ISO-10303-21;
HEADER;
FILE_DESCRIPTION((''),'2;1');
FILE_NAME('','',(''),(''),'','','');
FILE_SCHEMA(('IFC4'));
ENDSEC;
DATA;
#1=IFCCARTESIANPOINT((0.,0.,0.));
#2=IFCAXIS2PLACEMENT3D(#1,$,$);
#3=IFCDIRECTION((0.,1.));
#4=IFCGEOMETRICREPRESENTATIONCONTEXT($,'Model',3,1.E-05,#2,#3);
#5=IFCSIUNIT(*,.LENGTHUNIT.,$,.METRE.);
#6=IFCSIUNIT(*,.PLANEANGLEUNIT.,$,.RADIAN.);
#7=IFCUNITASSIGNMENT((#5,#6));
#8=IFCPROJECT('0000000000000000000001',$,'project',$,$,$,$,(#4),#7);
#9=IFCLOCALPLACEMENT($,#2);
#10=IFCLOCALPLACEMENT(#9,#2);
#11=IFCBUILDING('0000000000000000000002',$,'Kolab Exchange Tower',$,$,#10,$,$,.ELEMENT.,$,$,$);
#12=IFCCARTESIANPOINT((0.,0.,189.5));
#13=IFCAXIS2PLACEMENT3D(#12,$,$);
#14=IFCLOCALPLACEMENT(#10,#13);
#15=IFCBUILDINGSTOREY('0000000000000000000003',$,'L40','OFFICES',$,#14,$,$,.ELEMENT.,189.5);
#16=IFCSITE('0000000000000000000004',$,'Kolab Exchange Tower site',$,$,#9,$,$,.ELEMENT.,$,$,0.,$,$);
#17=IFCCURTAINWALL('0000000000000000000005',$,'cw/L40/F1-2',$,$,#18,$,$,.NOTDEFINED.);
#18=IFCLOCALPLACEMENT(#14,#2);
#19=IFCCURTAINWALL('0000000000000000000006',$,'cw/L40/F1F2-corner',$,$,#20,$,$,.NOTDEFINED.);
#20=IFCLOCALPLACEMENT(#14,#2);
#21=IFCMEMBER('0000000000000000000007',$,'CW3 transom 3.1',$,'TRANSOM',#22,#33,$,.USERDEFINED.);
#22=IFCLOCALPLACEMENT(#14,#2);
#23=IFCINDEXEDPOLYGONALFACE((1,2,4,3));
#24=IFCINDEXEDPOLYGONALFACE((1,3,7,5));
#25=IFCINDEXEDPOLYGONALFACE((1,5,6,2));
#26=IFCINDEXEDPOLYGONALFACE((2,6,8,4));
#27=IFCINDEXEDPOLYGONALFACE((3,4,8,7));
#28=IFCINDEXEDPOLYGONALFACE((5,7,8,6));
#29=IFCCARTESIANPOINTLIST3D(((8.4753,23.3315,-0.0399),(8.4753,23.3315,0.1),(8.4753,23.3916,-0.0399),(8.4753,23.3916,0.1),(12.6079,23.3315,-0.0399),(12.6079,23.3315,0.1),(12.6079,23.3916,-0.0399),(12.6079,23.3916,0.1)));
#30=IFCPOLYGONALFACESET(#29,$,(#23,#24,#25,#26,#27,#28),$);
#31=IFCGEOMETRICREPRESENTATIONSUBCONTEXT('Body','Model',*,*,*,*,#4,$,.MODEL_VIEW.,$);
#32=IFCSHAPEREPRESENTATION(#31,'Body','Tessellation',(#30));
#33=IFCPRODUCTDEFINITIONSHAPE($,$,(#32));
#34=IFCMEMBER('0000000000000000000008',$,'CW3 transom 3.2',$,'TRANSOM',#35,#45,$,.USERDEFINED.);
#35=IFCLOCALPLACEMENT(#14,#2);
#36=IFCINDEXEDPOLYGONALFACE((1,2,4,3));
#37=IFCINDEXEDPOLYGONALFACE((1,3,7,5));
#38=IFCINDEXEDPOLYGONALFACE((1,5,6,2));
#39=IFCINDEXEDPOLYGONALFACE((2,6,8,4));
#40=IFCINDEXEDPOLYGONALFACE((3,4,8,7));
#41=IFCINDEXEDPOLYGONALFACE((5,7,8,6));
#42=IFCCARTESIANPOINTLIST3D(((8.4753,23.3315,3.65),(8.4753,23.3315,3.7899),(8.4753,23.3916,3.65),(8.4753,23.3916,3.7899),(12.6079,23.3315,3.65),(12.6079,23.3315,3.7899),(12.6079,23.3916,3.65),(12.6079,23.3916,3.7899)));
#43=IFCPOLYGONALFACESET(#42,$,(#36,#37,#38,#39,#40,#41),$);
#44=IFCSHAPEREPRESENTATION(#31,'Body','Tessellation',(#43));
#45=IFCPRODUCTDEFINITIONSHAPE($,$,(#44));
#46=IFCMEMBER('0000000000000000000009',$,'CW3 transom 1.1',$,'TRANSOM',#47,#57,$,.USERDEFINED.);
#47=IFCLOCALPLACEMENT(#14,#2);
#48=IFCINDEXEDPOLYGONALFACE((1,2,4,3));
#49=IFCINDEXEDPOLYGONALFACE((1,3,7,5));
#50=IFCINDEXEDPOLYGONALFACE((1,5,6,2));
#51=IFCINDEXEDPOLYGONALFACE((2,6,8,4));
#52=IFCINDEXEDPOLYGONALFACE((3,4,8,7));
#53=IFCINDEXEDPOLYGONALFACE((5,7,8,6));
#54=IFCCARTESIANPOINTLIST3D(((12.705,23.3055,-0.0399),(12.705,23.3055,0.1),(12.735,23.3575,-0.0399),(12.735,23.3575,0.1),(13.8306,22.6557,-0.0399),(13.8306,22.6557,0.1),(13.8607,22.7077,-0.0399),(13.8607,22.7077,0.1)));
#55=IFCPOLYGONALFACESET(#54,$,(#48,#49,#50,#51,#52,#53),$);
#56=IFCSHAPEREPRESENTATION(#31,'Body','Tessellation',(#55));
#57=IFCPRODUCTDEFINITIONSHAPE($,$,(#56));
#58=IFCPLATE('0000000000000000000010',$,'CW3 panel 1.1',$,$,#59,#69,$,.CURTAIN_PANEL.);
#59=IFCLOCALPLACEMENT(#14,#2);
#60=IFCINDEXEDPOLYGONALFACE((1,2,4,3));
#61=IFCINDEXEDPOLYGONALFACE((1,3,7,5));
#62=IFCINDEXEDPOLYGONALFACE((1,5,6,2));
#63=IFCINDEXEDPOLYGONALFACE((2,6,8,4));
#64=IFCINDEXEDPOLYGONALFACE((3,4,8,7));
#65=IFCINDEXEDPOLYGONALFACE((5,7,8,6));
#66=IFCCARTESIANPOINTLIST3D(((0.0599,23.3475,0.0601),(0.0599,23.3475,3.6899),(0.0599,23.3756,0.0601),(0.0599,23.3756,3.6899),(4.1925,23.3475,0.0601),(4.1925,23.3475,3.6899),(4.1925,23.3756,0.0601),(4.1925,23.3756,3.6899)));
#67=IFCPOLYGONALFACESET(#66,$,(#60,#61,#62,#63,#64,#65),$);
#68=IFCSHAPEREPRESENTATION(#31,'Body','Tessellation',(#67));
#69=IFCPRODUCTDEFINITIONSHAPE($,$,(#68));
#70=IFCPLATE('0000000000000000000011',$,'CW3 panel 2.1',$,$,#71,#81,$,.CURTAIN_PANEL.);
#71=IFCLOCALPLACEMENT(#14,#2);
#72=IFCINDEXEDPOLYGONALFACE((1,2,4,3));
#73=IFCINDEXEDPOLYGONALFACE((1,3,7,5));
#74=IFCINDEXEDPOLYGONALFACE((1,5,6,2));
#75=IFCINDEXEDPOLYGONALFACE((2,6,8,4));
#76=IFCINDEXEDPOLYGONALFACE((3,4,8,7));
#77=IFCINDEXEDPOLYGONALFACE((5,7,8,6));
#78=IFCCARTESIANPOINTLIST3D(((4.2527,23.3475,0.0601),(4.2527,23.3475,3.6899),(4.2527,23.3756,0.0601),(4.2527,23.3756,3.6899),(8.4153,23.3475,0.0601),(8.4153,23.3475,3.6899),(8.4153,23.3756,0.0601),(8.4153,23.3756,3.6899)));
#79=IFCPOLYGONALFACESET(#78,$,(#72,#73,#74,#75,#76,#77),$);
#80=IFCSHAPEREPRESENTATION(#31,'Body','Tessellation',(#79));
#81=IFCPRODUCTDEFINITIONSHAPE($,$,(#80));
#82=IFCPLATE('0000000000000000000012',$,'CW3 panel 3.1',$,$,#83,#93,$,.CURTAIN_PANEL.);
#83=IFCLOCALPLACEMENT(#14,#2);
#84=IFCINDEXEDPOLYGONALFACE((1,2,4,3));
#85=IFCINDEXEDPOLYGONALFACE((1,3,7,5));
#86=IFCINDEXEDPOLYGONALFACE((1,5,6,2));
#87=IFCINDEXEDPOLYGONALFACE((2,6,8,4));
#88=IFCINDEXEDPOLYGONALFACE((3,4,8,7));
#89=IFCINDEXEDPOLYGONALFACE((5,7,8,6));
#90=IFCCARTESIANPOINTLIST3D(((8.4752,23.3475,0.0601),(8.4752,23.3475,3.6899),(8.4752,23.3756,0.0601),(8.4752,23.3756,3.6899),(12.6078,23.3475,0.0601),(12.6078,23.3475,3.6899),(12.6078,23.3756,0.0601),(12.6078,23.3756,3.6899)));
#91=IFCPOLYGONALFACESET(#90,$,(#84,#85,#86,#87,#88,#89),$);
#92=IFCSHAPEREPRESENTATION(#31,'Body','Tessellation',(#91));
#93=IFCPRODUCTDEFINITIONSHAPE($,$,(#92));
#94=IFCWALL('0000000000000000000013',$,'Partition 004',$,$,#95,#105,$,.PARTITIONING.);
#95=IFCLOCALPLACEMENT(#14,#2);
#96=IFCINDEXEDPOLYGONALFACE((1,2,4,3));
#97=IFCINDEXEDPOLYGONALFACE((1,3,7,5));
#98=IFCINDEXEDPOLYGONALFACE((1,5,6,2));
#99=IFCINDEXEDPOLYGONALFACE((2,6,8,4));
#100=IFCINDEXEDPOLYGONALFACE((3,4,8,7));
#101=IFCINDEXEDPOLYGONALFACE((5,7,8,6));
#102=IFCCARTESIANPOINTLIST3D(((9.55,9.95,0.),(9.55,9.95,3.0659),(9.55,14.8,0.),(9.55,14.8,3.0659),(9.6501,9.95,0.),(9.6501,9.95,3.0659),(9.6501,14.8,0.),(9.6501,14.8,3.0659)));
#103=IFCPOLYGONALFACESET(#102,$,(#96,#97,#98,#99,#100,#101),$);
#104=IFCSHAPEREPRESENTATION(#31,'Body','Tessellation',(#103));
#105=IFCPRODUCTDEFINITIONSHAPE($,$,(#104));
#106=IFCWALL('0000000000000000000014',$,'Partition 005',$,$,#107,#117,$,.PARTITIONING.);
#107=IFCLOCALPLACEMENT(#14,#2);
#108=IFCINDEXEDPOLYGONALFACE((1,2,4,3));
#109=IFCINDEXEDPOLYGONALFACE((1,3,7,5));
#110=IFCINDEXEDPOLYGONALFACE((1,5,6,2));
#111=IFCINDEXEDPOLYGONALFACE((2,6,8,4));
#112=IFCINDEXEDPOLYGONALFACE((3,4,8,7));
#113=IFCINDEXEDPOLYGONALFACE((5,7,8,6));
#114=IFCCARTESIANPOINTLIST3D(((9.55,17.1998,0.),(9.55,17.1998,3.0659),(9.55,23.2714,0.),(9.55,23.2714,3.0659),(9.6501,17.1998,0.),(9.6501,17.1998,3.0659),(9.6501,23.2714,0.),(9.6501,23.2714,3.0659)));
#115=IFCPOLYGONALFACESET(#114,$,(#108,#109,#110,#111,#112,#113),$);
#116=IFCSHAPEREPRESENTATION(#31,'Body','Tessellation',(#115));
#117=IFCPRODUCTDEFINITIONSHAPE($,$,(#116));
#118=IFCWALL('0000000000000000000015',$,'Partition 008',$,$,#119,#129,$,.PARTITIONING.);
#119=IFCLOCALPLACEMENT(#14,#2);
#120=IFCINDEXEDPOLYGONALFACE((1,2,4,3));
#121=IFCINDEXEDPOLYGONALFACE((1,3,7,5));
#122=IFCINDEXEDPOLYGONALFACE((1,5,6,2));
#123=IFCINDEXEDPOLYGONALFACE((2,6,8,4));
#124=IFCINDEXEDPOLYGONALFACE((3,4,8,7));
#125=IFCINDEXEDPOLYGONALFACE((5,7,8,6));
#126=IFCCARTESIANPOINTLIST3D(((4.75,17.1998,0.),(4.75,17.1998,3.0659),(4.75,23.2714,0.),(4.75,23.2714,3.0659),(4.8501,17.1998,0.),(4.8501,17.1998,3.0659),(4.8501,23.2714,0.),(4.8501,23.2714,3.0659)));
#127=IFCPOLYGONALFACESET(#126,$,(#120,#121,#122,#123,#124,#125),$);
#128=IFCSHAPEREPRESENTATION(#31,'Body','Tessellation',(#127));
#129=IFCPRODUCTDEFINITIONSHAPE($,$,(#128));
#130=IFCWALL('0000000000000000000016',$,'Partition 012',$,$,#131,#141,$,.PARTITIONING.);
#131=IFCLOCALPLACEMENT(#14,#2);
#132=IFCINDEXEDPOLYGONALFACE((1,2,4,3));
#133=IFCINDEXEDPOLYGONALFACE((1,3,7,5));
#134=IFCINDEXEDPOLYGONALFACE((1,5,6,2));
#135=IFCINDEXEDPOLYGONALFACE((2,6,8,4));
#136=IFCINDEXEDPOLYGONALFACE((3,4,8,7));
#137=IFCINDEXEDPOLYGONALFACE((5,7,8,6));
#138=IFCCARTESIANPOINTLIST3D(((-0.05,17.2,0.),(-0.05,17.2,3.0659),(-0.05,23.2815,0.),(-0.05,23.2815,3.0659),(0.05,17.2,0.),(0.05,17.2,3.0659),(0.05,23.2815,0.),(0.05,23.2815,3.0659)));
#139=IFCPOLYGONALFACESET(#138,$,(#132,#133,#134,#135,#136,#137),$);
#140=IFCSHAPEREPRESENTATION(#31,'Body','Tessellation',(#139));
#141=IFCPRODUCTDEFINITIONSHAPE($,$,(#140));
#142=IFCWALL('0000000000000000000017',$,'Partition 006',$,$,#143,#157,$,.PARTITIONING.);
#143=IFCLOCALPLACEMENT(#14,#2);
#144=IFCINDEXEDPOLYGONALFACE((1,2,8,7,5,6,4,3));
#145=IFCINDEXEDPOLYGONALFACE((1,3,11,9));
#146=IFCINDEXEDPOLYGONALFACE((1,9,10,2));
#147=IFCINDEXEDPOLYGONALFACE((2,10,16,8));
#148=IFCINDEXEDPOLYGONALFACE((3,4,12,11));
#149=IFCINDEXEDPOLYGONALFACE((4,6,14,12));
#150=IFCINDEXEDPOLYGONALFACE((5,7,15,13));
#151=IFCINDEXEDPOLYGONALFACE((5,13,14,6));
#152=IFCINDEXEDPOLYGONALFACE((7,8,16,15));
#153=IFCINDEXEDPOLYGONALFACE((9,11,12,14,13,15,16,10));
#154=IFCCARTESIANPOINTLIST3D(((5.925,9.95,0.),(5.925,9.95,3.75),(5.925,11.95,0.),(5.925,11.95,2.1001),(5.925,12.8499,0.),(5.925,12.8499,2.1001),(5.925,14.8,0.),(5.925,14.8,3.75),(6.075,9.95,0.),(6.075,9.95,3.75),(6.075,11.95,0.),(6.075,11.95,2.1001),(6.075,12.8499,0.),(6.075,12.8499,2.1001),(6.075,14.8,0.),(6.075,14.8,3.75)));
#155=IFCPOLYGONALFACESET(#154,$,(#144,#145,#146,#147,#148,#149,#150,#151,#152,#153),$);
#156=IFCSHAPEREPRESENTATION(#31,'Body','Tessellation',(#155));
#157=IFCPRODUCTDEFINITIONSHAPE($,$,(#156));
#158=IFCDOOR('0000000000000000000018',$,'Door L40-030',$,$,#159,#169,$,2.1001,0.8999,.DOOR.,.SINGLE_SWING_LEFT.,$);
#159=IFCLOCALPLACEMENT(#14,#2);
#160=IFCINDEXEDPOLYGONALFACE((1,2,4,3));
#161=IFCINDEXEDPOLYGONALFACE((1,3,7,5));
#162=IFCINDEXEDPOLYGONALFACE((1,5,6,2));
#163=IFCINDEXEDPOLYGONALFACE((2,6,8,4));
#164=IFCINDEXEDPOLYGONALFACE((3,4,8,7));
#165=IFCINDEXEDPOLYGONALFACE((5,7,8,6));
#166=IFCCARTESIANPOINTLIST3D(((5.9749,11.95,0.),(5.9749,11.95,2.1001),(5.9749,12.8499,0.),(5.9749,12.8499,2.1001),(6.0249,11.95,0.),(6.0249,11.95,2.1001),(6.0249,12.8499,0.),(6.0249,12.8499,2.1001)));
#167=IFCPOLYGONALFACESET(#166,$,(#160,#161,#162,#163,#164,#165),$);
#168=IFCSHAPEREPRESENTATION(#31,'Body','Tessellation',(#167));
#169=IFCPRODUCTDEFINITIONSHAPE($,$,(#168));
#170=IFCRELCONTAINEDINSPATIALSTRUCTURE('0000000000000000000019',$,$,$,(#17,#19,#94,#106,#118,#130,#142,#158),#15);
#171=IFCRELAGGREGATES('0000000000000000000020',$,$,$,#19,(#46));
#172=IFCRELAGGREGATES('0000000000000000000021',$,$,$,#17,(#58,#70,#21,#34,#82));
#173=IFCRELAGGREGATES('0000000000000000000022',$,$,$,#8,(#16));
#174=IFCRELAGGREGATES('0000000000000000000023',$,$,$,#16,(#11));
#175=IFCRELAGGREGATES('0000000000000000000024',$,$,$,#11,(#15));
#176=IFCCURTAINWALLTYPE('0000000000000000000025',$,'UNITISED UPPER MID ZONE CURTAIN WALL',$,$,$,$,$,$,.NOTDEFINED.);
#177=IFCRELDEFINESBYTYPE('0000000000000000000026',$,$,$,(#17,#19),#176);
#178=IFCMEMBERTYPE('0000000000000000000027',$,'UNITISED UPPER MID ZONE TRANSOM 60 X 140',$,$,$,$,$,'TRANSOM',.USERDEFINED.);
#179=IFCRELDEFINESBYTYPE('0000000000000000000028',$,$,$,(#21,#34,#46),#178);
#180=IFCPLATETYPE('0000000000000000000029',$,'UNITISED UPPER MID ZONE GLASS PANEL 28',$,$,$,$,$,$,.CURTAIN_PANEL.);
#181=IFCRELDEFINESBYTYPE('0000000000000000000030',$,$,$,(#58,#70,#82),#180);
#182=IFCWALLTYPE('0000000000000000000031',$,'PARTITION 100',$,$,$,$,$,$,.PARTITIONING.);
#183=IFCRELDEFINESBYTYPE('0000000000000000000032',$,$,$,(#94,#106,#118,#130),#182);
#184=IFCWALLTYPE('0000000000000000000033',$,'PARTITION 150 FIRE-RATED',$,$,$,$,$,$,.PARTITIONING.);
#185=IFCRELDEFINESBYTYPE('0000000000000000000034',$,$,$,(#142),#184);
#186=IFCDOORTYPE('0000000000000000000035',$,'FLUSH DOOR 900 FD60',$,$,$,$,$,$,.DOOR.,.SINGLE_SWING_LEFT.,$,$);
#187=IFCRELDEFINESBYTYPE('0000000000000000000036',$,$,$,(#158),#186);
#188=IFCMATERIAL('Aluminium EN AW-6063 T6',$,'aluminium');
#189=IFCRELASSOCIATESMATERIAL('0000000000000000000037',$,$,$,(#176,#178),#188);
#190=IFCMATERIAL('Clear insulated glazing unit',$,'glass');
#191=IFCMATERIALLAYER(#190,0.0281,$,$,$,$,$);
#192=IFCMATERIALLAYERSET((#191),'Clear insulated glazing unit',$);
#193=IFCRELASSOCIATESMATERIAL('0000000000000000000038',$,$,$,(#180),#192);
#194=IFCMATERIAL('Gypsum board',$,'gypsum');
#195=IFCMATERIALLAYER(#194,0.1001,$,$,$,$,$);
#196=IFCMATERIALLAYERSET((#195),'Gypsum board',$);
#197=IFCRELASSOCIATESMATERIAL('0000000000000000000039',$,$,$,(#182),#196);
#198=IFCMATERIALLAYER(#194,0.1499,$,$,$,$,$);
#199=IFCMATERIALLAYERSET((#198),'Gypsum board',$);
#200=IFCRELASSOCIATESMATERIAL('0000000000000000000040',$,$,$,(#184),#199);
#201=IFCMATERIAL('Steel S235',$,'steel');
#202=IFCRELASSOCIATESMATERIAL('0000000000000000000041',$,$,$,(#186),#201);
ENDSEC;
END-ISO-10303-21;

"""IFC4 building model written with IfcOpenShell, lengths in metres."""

from ifc_helpers import new_model, si_unit, direction, frame, frame_2d, origin, origin_2d, place, context, subcontext, project, spatial, rectangle, extrude, material, layer, layer_set, material_profile, profile_set, type_object, element, fill, aggregate, save


model = new_model("IFC4")

# Units and contexts
model_context = context("Model", 3, precision=1e-05, world=origin(), true_north=direction((0.0, 1.0)))
body_context = subcontext(model_context, "Body", "Model", "MODEL_VIEW")
ifc_project = project(units=[si_unit("LENGTHUNIT", "METRE"), si_unit("PLANEANGLEUNIT", "RADIAN")], contexts=[model_context])

# Site, building, storey
site_placement = place(None, origin())
site = spatial("IfcSite", under=ifc_project, at=site_placement, Name="Kolab Exchange Tower site", CompositionType="ELEMENT", RefElevation=0.0)
building_placement = place(site_placement, origin())
building = spatial("IfcBuilding", under=site, at=building_placement, Name="Kolab Exchange Tower", CompositionType="ELEMENT")
storey_placement = place(building_placement, frame((0.0, 0.0, 189.5)))
storey = spatial("IfcBuildingStorey", under=building, at=storey_placement, Name="L40", Description="OFFICES", CompositionType="ELEMENT", Elevation=189.5)

# Curtain wall
ifc_material_1 = material(Name="Aluminium EN AW-6063 T6", Category="aluminium")
curtain_wall_type = type_object("IfcCurtainWallType", Name="UNITISED UPPER MID ZONE CURTAIN WALL", PredefinedType="NOTDEFINED", material=ifc_material_1)
curtain_wall_1_placement = place(storey_placement, origin())
curtain_wall_1 = element("IfcCurtainWall", 1, at=curtain_wall_1_placement, inside=storey, type_object=curtain_wall_type, Name="cw/L40/F1-2", PredefinedType="NOTDEFINED")

# Curtain wall
curtain_wall_2_placement = place(storey_placement, origin())
curtain_wall_2 = element("IfcCurtainWall", 2, at=curtain_wall_2_placement, inside=storey, type_object=curtain_wall_type, Name="cw/L40/F1F2-corner", PredefinedType="NOTDEFINED")

# Members
ifc_material_profile_1 = material_profile(ifc_material_1, rectangle(XDim=0.0601, YDim=0.1399, at=origin_2d()), Name="RECT 60X140")
ifc_profile_set_1 = profile_set([ifc_material_profile_1], Name="Aluminium EN AW-6063 T6")
member_type_1 = type_object("IfcMemberType", Name="UNITISED UPPER MID ZONE TRANSOM 60 X 140", ElementType="TRANSOM", PredefinedType="USERDEFINED", material=ifc_profile_set_1)
member_1_placement = place(storey_placement, frame((8.4753, 23.3616, 0.03), z_axis=(1.0, 0.0, 0.0), x_axis=(0.0, 1.0, 0.0)))
member_1 = element("IfcMember", 3, at=member_1_placement, type_object=member_type_1, Name="CW3 transom 3.1", ObjectType="TRANSOM", PredefinedType="USERDEFINED", context=body_context, shape_type="SweptSolid", body=[
    extrude(rectangle(XDim=0.0601, YDim=0.1399, at=origin_2d()), origin(), (0.0, 0.0, 1.0), 4.1326),
])
member_2_placement = place(storey_placement, frame((8.4753, 23.3616, 3.72), z_axis=(1.0, 0.0, 0.0), x_axis=(0.0, 1.0, 0.0)))
member_2 = element("IfcMember", 4, at=member_2_placement, type_object=member_type_1, Name="CW3 transom 3.2", ObjectType="TRANSOM", PredefinedType="USERDEFINED", context=body_context, shape_type="SweptSolid", body=[
    extrude(rectangle(XDim=0.0601, YDim=0.1399, at=origin_2d()), origin(), (0.0, 0.0, 1.0), 4.1326),
])
member_3_placement = place(storey_placement, frame((12.72, 23.3315, 0.03), z_axis=(0.866039, -0.499977, 0.0), x_axis=(0.499977, 0.866039, 0.0)))
member_3 = element("IfcMember", 5, at=member_3_placement, type_object=member_type_1, Name="CW3 transom 1.1", ObjectType="TRANSOM", PredefinedType="USERDEFINED", context=body_context, shape_type="SweptSolid", body=[
    extrude(rectangle(XDim=0.0601, YDim=0.1399, at=origin_2d()), origin(), (0.0, 0.0, 1.0), 1.2998),
])
aggregate(curtain_wall_2, [member_3])

# Plates
ifc_material_2 = material(Name="Clear insulated glazing unit", Category="glass")
ifc_layer_1 = layer(ifc_material_2, 0.0281)
ifc_layer_set_1 = layer_set([ifc_layer_1], Name="Clear insulated glazing unit")
plate_type = type_object("IfcPlateType", Name="UNITISED UPPER MID ZONE GLASS PANEL 28", PredefinedType="CURTAIN_PANEL", material=ifc_layer_set_1)
plate_1_placement = place(storey_placement, frame((2.1262, 23.3616, 0.0601), z_axis=(0.0, 0.0, 1.0), x_axis=(1.0, 0.0, 0.0)))
plate_1 = element("IfcPlate", 6, at=plate_1_placement, type_object=plate_type, Name="CW3 panel 1.1", PredefinedType="CURTAIN_PANEL", context=body_context, shape_type="SweptSolid", body=[
    extrude(rectangle(XDim=4.1326, YDim=0.0281, at=origin_2d()), origin(), (0.0, 0.0, 1.0), 3.6299),
])
plate_2_placement = place(storey_placement, frame((6.334, 23.3616, 0.0601), z_axis=(0.0, 0.0, 1.0), x_axis=(1.0, 0.0, 0.0)))
plate_2 = element("IfcPlate", 7, at=plate_2_placement, type_object=plate_type, Name="CW3 panel 2.1", PredefinedType="CURTAIN_PANEL", context=body_context, shape_type="SweptSolid", body=[
    extrude(rectangle(XDim=4.1626, YDim=0.0281, at=origin_2d()), origin(), (0.0, 0.0, 1.0), 3.6299),
])
plate_3_placement = place(storey_placement, frame((10.5415, 23.3616, 0.0601), z_axis=(0.0, 0.0, 1.0), x_axis=(1.0, 0.0, 0.0)))
plate_3 = element("IfcPlate", 8, at=plate_3_placement, type_object=plate_type, Name="CW3 panel 3.1", PredefinedType="CURTAIN_PANEL", context=body_context, shape_type="SweptSolid", body=[
    extrude(rectangle(XDim=4.1326, YDim=0.0281, at=origin_2d()), origin(), (0.0, 0.0, 1.0), 3.6299),
])
aggregate(curtain_wall_1, [plate_1, plate_2, member_1, member_2, plate_3])

# Walls
ifc_material_3 = material(Name="Gypsum board", Category="gypsum")
ifc_layer_2 = layer(ifc_material_3, 0.1001)
ifc_layer_set_2 = layer_set([ifc_layer_2], Name="Gypsum board")
wall_type_1 = type_object("IfcWallType", Name="PARTITION 100", PredefinedType="PARTITIONING", material=ifc_layer_set_2)
wall_1_placement = place(storey_placement, frame((9.6001, 9.95, 0.0), z_axis=(0.0, 0.0, 1.0), x_axis=(0.0, 1.0, 0.0)))
element("IfcWall", 9, at=wall_1_placement, inside=storey, type_object=wall_type_1, Name="Partition 004", PredefinedType="PARTITIONING", context=body_context, shape_type="SweptSolid", body=[
    extrude(rectangle(XDim=4.8501, YDim=0.1001, at=frame_2d((2.425, 0.0))), origin(), (0.0, 0.0, 1.0), 3.0659),
])
for number, where, z_axis, x_axis, name in (
    (10, (9.6001, 17.2, 0.0), (0.0, 0.0, 1.0), (0.0, 1.0, 0.0), "Partition 005"),
    (11, (4.8, 17.2, 0.0), (0.0, 0.0, 1.0), (0.0, 1.0, 0.0), "Partition 008"),
):
    element("IfcWall", number, at=place(storey_placement, frame(where, z_axis=z_axis, x_axis=x_axis)), inside=storey, type_object=wall_type_1, Name=name, PredefinedType="PARTITIONING", context=body_context, shape_type="SweptSolid", body=[
        extrude(rectangle(XDim=6.0715, YDim=0.1001, at=frame_2d((3.0356, 0.0))), origin(), (0.0, 0.0, 1.0), 3.0659),
    ])
wall_2_placement = place(storey_placement, frame((0.0, 17.2, 0.0), z_axis=(0.0, 0.0, 1.0), x_axis=(0.0, 1.0, 0.0)))
element("IfcWall", 12, at=wall_2_placement, inside=storey, type_object=wall_type_1, Name="Partition 012", PredefinedType="PARTITIONING", context=body_context, shape_type="SweptSolid", body=[
    extrude(rectangle(XDim=6.0815, YDim=0.1001, at=frame_2d((3.0408, 0.0))), origin(), (0.0, 0.0, 1.0), 3.0659),
])

# Wall, opening, door
ifc_layer_3 = layer(ifc_material_3, 0.1499)
ifc_layer_set_3 = layer_set([ifc_layer_3], Name="Gypsum board")
wall_type_2 = type_object("IfcWallType", Name="PARTITION 150 FIRE-RATED", PredefinedType="PARTITIONING", material=ifc_layer_set_3)
wall_3_placement = place(storey_placement, frame((6.0, 9.95, 0.0), z_axis=(0.0, 0.0, 1.0), x_axis=(0.0, 1.0, 0.0)))
wall_3 = element("IfcWall", 13, at=wall_3_placement, inside=storey, type_object=wall_type_2, Name="Partition 006", PredefinedType="PARTITIONING", context=body_context, shape_type="SweptSolid", body=[
    extrude(rectangle(XDim=4.8501, YDim=0.1499, at=frame_2d((2.425, 0.0))), origin(), (0.0, 0.0, 1.0), 3.75),
])
opening_1_placement = place(wall_3_placement, frame((2.0, 0.0, 0.0)))
opening_1 = element("IfcOpeningElement", 14, at=opening_1_placement, cuts=wall_3, PredefinedType="OPENING", context=body_context, shape_type="SweptSolid", body=[
    extrude(rectangle(XDim=0.8999, YDim=2.1001, at=frame_2d((0.45, 1.05))), frame((0.0, 0.085, 0.0), z_axis=(0.0, -1.0, 0.0), x_axis=(1.0, 0.0, 0.0)), (0.0, 0.0, 1.0), 0.1699),
])
ifc_material_4 = material(Name="Steel S235", Category="steel")
door_type_1 = type_object("IfcDoorType", Name="FLUSH DOOR 900 FD60", OperationType="SINGLE_SWING_LEFT", PredefinedType="DOOR", material=ifc_material_4)
door_1_placement = place(opening_1_placement, frame((0.8999, 0.0, 0.0), z_axis=(0.0, 0.0, 1.0), x_axis=(-1.0, 0.0, 0.0)))
door_1 = element("IfcDoor", 15, at=door_1_placement, inside=storey, type_object=door_type_1, Name="Door L40-030", OperationType="SINGLE_SWING_LEFT", OverallHeight=2.1001, OverallWidth=0.8999, PredefinedType="DOOR", context=body_context, shape_type="SweptSolid", body=[
    extrude(rectangle(XDim=0.8999, YDim=2.1001, at=frame_2d((0.45, 1.05))), frame((0.0, 0.0249, 0.0), z_axis=(0.0, -1.0, 0.0), x_axis=(1.0, 0.0, 0.0)), (0.0, 0.0, 1.0), 0.05),
])
fill(opening_1, door_1)

save(model, "model.ifc")
